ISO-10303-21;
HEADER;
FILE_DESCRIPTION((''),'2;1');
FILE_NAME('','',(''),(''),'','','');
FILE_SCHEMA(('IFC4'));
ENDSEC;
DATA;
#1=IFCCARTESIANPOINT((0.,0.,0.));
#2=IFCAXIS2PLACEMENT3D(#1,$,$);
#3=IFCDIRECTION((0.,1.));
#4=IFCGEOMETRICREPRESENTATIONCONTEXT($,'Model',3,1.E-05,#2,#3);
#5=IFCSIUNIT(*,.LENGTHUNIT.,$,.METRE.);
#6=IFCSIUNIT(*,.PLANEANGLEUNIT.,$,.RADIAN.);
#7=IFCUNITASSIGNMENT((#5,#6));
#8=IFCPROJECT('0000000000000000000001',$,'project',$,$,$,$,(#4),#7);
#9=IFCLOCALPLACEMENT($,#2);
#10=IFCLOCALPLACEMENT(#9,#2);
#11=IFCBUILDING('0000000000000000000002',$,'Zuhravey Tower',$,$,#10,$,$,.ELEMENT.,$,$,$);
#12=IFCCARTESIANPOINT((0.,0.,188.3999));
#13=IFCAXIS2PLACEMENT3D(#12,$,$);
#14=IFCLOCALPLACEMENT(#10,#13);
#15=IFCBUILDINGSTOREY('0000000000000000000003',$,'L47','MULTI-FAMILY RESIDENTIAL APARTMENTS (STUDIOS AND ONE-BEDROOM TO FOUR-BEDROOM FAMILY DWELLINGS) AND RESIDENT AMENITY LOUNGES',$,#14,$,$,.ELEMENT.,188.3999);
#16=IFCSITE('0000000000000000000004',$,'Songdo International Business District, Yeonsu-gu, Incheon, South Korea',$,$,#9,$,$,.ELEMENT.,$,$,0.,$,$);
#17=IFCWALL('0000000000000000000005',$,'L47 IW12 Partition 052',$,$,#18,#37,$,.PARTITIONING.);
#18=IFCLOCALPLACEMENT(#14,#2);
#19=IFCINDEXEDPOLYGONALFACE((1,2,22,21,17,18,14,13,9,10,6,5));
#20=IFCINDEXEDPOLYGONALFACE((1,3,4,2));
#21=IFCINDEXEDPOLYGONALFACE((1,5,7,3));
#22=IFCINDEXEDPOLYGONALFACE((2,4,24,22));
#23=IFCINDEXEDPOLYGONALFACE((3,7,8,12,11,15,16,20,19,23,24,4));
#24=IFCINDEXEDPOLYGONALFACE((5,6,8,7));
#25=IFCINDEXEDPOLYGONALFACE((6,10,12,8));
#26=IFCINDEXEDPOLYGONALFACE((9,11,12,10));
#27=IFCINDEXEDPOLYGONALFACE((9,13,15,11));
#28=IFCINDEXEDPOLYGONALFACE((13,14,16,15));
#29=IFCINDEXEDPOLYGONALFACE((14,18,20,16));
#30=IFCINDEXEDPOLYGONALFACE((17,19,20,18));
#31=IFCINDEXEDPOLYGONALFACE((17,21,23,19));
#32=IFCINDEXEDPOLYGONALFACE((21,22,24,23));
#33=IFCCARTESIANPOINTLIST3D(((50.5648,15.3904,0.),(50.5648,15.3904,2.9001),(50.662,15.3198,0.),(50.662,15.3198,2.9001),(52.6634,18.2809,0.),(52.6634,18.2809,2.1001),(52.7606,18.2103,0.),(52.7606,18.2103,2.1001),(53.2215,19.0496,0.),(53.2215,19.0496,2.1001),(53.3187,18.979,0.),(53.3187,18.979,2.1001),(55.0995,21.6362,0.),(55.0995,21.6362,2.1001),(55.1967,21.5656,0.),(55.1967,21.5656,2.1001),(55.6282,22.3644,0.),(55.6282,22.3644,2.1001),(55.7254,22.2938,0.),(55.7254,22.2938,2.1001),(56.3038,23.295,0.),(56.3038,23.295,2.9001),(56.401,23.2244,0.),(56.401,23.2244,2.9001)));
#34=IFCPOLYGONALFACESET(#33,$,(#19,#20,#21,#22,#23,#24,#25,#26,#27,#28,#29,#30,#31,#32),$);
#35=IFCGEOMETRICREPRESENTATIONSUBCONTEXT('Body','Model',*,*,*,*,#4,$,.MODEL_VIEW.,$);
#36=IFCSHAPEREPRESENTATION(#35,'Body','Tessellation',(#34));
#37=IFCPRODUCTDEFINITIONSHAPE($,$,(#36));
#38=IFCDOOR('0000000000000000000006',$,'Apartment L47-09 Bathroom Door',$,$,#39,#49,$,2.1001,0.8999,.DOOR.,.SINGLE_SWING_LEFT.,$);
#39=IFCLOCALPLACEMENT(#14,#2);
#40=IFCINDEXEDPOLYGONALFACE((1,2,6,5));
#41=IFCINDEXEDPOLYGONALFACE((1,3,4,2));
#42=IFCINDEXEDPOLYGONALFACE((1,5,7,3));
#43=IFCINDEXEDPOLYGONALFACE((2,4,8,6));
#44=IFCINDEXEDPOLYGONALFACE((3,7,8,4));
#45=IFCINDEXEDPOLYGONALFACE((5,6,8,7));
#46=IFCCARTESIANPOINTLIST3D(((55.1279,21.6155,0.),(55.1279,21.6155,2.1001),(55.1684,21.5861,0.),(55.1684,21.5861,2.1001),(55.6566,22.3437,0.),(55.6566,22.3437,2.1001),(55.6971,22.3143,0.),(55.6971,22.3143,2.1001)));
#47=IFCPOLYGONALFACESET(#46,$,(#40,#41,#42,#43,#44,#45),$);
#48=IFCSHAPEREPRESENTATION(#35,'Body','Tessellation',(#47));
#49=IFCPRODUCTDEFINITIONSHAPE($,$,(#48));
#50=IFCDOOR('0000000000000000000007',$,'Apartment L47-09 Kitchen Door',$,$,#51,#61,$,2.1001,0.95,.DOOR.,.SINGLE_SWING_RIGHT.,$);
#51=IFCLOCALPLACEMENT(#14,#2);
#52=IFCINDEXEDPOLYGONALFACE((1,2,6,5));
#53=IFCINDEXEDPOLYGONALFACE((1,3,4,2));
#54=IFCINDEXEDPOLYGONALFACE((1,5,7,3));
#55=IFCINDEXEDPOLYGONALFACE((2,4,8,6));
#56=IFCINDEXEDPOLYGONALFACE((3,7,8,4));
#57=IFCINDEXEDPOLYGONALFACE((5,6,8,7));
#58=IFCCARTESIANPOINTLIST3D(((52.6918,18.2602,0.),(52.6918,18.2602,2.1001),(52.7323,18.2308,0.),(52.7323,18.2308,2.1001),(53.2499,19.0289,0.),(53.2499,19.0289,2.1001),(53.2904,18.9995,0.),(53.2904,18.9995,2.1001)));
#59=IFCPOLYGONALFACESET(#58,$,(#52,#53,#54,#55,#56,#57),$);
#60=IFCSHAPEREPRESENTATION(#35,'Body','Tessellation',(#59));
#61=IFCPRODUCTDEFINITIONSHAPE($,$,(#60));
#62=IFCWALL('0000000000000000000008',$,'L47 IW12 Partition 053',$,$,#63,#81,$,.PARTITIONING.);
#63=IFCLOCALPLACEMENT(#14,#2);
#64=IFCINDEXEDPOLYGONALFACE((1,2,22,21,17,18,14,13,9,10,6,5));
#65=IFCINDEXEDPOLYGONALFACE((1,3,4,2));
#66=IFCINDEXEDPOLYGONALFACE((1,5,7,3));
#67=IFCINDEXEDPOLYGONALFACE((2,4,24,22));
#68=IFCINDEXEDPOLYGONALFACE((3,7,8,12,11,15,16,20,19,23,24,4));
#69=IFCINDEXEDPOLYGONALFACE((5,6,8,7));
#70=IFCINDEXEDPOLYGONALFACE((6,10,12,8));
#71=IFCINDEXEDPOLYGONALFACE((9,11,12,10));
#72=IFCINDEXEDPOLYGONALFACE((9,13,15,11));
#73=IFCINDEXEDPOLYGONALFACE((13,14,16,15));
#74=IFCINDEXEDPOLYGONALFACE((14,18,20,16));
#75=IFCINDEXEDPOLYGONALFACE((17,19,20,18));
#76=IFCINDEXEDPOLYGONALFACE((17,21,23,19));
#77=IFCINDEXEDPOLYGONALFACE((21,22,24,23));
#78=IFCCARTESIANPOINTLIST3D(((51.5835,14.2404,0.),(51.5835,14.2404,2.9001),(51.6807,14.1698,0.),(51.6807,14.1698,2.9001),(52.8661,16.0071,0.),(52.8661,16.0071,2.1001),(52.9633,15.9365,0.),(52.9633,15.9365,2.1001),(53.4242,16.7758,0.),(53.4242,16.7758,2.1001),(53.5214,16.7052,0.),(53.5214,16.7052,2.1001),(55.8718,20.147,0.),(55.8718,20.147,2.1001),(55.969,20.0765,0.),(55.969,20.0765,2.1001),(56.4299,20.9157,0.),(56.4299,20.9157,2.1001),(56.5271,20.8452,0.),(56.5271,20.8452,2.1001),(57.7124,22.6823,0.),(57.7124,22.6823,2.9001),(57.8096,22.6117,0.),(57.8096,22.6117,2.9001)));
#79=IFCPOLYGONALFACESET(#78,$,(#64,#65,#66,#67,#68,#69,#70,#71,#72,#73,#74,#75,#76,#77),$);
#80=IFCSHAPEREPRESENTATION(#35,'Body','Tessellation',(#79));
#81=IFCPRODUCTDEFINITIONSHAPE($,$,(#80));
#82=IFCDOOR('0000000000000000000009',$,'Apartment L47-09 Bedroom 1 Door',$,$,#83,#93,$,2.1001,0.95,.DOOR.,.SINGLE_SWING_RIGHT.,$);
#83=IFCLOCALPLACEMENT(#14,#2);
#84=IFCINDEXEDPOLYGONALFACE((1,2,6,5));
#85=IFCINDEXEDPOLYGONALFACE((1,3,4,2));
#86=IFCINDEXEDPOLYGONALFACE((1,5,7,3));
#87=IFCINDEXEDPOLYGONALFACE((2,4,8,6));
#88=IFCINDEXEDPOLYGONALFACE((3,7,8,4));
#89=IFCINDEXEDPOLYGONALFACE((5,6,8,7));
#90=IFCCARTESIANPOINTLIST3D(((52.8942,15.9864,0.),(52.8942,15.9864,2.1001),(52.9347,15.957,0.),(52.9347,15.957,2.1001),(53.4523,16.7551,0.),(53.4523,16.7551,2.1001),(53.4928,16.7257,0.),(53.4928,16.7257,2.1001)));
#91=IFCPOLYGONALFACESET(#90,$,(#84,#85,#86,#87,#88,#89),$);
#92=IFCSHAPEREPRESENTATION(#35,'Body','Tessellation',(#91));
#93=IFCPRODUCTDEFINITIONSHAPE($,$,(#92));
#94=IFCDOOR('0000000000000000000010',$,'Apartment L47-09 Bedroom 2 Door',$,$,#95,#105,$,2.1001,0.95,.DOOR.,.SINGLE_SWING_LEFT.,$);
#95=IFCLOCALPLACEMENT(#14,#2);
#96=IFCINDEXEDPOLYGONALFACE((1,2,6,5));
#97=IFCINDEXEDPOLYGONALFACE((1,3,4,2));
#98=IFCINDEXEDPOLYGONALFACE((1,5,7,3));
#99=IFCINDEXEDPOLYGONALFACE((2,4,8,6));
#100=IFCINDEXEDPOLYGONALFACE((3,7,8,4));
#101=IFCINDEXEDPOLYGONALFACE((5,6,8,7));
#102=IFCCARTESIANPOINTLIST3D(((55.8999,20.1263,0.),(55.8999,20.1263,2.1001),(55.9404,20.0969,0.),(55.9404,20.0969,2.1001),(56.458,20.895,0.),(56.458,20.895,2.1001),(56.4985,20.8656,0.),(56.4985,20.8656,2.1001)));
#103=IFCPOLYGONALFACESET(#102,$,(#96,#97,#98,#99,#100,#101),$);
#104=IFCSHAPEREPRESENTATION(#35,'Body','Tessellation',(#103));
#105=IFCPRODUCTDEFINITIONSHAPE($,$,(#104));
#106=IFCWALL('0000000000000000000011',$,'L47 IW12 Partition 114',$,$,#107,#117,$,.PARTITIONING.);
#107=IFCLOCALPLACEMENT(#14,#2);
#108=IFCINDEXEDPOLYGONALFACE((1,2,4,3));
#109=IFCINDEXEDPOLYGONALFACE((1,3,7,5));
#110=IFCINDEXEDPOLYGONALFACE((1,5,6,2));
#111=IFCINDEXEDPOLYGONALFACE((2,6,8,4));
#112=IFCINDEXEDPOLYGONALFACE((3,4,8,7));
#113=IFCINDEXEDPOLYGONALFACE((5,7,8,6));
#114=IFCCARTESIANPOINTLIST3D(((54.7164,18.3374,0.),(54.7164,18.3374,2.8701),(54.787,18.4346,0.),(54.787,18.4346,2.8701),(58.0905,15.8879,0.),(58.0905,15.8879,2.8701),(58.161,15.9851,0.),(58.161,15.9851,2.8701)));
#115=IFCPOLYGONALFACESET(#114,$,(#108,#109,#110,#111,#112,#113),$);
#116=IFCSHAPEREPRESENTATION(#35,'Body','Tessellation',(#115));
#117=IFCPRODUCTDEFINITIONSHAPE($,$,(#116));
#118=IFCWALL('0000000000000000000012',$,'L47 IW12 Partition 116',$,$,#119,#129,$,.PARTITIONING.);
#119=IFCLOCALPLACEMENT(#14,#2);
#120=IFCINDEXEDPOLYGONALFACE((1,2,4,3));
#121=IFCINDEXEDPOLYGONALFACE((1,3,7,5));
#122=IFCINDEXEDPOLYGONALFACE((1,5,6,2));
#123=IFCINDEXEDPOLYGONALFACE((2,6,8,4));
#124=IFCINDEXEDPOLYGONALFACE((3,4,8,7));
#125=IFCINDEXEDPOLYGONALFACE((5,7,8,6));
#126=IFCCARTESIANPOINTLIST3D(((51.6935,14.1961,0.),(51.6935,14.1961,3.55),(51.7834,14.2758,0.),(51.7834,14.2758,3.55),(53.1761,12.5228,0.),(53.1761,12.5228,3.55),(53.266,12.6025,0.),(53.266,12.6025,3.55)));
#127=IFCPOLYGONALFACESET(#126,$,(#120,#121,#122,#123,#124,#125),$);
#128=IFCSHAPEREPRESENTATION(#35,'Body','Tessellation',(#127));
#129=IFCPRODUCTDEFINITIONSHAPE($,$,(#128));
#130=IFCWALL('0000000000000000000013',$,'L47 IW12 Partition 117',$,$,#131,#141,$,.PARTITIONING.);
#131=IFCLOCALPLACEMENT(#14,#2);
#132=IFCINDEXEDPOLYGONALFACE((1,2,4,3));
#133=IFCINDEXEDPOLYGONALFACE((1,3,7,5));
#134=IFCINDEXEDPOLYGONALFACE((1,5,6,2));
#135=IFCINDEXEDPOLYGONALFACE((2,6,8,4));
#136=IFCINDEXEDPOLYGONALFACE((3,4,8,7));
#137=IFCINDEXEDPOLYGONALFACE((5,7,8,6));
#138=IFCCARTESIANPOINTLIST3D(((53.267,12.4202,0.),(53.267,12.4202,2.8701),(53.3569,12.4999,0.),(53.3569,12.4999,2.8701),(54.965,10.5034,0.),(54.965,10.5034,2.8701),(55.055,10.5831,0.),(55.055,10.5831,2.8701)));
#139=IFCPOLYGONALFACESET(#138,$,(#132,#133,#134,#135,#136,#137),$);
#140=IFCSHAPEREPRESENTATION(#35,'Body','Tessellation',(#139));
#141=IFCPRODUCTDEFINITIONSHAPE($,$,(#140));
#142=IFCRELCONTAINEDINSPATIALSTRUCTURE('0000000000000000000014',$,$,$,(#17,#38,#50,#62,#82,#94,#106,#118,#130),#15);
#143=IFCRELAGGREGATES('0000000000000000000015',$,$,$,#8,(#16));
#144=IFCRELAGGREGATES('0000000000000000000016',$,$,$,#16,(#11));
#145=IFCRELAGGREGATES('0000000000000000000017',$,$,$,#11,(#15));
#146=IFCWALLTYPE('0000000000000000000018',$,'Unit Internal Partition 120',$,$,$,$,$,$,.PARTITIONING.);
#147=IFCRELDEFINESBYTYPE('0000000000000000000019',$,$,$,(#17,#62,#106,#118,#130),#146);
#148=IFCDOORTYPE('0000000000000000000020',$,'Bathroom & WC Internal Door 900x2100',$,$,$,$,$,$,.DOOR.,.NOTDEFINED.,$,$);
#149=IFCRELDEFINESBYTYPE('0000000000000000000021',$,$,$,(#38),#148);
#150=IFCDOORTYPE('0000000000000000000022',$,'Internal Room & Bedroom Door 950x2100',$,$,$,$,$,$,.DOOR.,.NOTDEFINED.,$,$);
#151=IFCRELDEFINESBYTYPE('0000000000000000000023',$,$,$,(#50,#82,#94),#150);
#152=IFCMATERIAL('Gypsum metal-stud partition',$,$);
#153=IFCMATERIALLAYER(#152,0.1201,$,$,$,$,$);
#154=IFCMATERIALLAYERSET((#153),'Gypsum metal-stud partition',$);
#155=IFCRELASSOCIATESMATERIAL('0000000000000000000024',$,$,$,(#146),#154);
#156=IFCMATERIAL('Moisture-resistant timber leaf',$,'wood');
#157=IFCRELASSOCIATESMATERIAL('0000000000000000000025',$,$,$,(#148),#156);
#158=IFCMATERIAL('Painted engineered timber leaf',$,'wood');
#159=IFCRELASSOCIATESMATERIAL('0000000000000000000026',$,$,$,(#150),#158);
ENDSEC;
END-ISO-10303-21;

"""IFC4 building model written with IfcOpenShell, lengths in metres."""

from ifc_helpers import new_model, si_unit, direction, frame, frame_2d, origin, place, context, subcontext, project, spatial, rectangle, extrude, material, layer, layer_set, type_object, element, fill, save


model = new_model("IFC4")

# Units and contexts
model_context = context("Model", 3, precision=1e-05, world=origin(), true_north=direction((0.0, 1.0)))
body_context = subcontext(model_context, "Body", "Model", "MODEL_VIEW")
ifc_project = project(units=[si_unit("LENGTHUNIT", "METRE"), si_unit("PLANEANGLEUNIT", "RADIAN")], contexts=[model_context])

# Site, building, storey
site_placement = place(None, origin())
site = spatial("IfcSite", under=ifc_project, at=site_placement, Name="Songdo International Business District, Yeonsu-gu, Incheon, South Korea", CompositionType="ELEMENT", RefElevation=0.0)
building_placement = place(site_placement, origin())
building = spatial("IfcBuilding", under=site, at=building_placement, Name="Zuhravey Tower", CompositionType="ELEMENT")
storey_placement = place(building_placement, frame((0.0, 0.0, 188.3999)))
storey = spatial("IfcBuildingStorey", under=building, at=storey_placement, Name="L47", Description="MULTI-FAMILY RESIDENTIAL APARTMENTS (STUDIOS AND ONE-BEDROOM TO FOUR-BEDROOM FAMILY DWELLINGS) AND RESIDENT AMENITY LOUNGES", CompositionType="ELEMENT", Elevation=188.3999)

# Walls, openings, doors
ifc_material_1 = material(Name="Gypsum metal-stud partition")
ifc_layer_1 = layer(ifc_material_1, 0.1201)
ifc_layer_set_1 = layer_set([ifc_layer_1], Name="Gypsum metal-stud partition")
wall_type_1 = type_object("IfcWallType", Name="Unit Internal Partition 120", PredefinedType="PARTITIONING", material=ifc_layer_set_1)
wall_1_placement = place(storey_placement, frame((50.6133, 15.355, 0.0), z_axis=(0.0, 0.0, 1.0), x_axis=(0.587519, 0.80921, 0.0)))
wall_1 = element("IfcWall", 1, at=wall_1_placement, inside=storey, type_object=wall_type_1, Name="L47 IW12 Partition 052", PredefinedType="PARTITIONING", context=body_context, shape_type="SweptSolid", body=[
    extrude(rectangle(XDim=9.7683, YDim=0.1201, at=frame_2d((4.8843, 0.0))), origin(), (0.0, 0.0, 1.0), 2.9001),
])
opening_1_placement = place(wall_1_placement, frame((3.572, 0.0, 0.0)))
opening_1 = element("IfcOpeningElement", 2, at=opening_1_placement, cuts=wall_1, PredefinedType="OPENING", context=body_context, shape_type="SweptSolid", body=[
    extrude(rectangle(XDim=0.95, YDim=2.1001, at=frame_2d((0.4751, 1.05))), frame((0.0, 0.072, 0.0), z_axis=(0.0, -1.0, 0.0), x_axis=(1.0, 0.0, 0.0)), (0.0, 0.0, 1.0), 0.144),
])
opening_2_placement = place(wall_1_placement, frame((7.7185, 0.0, 0.0)))
opening_2 = element("IfcOpeningElement", 3, at=opening_2_placement, cuts=wall_1, PredefinedType="OPENING", context=body_context, shape_type="SweptSolid", body=[
    extrude(rectangle(XDim=0.8999, YDim=2.1001, at=frame_2d((0.45, 1.05))), frame((0.0, 0.072, 0.0), z_axis=(0.0, -1.0, 0.0), x_axis=(1.0, 0.0, 0.0)), (0.0, 0.0, 1.0), 0.144),
])
ifc_material_2 = material(Name="Moisture-resistant timber leaf", Category="wood")
door_type_1 = type_object("IfcDoorType", Name="Bathroom & WC Internal Door 900x2100", OperationType="NOTDEFINED", PredefinedType="DOOR", material=ifc_material_2)
door_1_placement = place(opening_2_placement, origin())
door_1 = element("IfcDoor", 4, at=door_1_placement, inside=storey, type_object=door_type_1, Name="Apartment L47-09 Bathroom Door", OperationType="SINGLE_SWING_LEFT", OverallHeight=2.1001, OverallWidth=0.8999, PredefinedType="DOOR", context=body_context, shape_type="SweptSolid", body=[
    extrude(rectangle(XDim=0.8999, YDim=2.1001, at=frame_2d((0.45, 1.05))), frame((0.0, 0.0249, 0.0), z_axis=(0.0, -1.0, 0.0), x_axis=(1.0, 0.0, 0.0)), (0.0, 0.0, 1.0), 0.05),
])
fill(opening_2, door_1)
ifc_material_3 = material(Name="Painted engineered timber leaf", Category="wood")
door_type_2 = type_object("IfcDoorType", Name="Internal Room & Bedroom Door 950x2100", OperationType="NOTDEFINED", PredefinedType="DOOR", material=ifc_material_3)
door_2_placement = place(opening_1_placement, origin())
door_2 = element("IfcDoor", 5, at=door_2_placement, inside=storey, type_object=door_type_2, Name="Apartment L47-09 Kitchen Door", OperationType="SINGLE_SWING_RIGHT", OverallHeight=2.1001, OverallWidth=0.95, PredefinedType="DOOR", context=body_context, shape_type="SweptSolid", body=[
    extrude(rectangle(XDim=0.95, YDim=2.1001, at=frame_2d((0.4751, 1.05))), frame((0.0, 0.0249, 0.0), z_axis=(0.0, -1.0, 0.0), x_axis=(1.0, 0.0, 0.0)), (0.0, 0.0, 1.0), 0.05),
])
fill(opening_1, door_2)
wall_2_placement = place(storey_placement, frame((51.6321, 14.2051, 0.0), z_axis=(0.0, 0.0, 1.0), x_axis=(0.587504, 0.809222, 0.0)))
wall_2 = element("IfcWall", 6, at=wall_2_placement, inside=storey, type_object=wall_type_1, Name="L47 IW12 Partition 053", PredefinedType="PARTITIONING", context=body_context, shape_type="SweptSolid", body=[
    extrude(rectangle(XDim=10.4321, YDim=0.1201, at=frame_2d((5.2161, 0.0))), origin(), (0.0, 0.0, 1.0), 2.9001),
])
opening_3_placement = place(wall_2_placement, frame((2.1831, 0.0, 0.0)))
opening_3 = element("IfcOpeningElement", 7, at=opening_3_placement, cuts=wall_2, PredefinedType="OPENING", context=body_context, shape_type="SweptSolid", body=[
    extrude(rectangle(XDim=0.95, YDim=2.1001, at=frame_2d((0.4751, 1.05))), frame((0.0, 0.072, 0.0), z_axis=(0.0, -1.0, 0.0), x_axis=(1.0, 0.0, 0.0)), (0.0, 0.0, 1.0), 0.144),
])
opening_4_placement = place(wall_2_placement, frame((7.2991, 0.0, 0.0)))
opening_4 = element("IfcOpeningElement", 8, at=opening_4_placement, cuts=wall_2, PredefinedType="OPENING", context=body_context, shape_type="SweptSolid", body=[
    extrude(rectangle(XDim=0.95, YDim=2.1001, at=frame_2d((0.4751, 1.05))), frame((0.0, 0.072, 0.0), z_axis=(0.0, -1.0, 0.0), x_axis=(1.0, 0.0, 0.0)), (0.0, 0.0, 1.0), 0.144),
])
door_3_placement = place(opening_3_placement, frame((0.95, 0.0, 0.0), z_axis=(0.0, 0.0, 1.0), x_axis=(-1.0, 0.0, 0.0)))
door_3 = element("IfcDoor", 9, at=door_3_placement, inside=storey, type_object=door_type_2, Name="Apartment L47-09 Bedroom 1 Door", OperationType="SINGLE_SWING_RIGHT", OverallHeight=2.1001, OverallWidth=0.95, PredefinedType="DOOR", context=body_context, shape_type="SweptSolid", body=[
    extrude(rectangle(XDim=0.95, YDim=2.1001, at=frame_2d((0.4751, 1.05))), frame((0.0, 0.0249, 0.0), z_axis=(0.0, -1.0, 0.0), x_axis=(1.0, 0.0, 0.0)), (0.0, 0.0, 1.0), 0.05),
])
fill(opening_3, door_3)
door_4_placement = place(opening_4_placement, frame((0.95, 0.0, 0.0), z_axis=(0.0, 0.0, 1.0), x_axis=(-1.0, 0.0, 0.0)))
door_4 = element("IfcDoor", 10, at=door_4_placement, inside=storey, type_object=door_type_2, Name="Apartment L47-09 Bedroom 2 Door", OperationType="SINGLE_SWING_LEFT", OverallHeight=2.1001, OverallWidth=0.95, PredefinedType="DOOR", context=body_context, shape_type="SweptSolid", body=[
    extrude(rectangle(XDim=0.95, YDim=2.1001, at=frame_2d((0.4751, 1.05))), frame((0.0, 0.0249, 0.0), z_axis=(0.0, -1.0, 0.0), x_axis=(1.0, 0.0, 0.0)), (0.0, 0.0, 1.0), 0.05),
])
fill(opening_4, door_4)

# Walls
wall_3_placement = place(storey_placement, frame((54.7517, 18.386, 0.0), z_axis=(0.0, 0.0, 1.0), x_axis=(0.809235, -0.587486, 0.0)))
element("IfcWall", 11, at=wall_3_placement, inside=storey, type_object=wall_type_1, Name="L47 IW12 Partition 114", PredefinedType="PARTITIONING", context=body_context, shape_type="SweptSolid", body=[
    extrude(rectangle(XDim=4.1694, YDim=0.1201, at=frame_2d((2.0847, 0.0))), origin(), (0.0, 0.0, 1.0), 2.8701),
])
wall_4_placement = place(storey_placement, frame((51.7385, 14.2358, 0.0), z_axis=(0.0, 0.0, 1.0), x_axis=(0.663177, -0.748463, 0.0)))
element("IfcWall", 12, at=wall_4_placement, inside=storey, type_object=wall_type_1, Name="L47 IW12 Partition 116", PredefinedType="PARTITIONING", context=body_context, shape_type="SweptSolid", body=[
    extrude(rectangle(XDim=2.2356, YDim=0.1201, at=frame_2d((1.1177, 0.0))), origin(), (0.0, 0.0, 1.0), 3.55),
])
wall_5_placement = place(storey_placement, frame((53.312, 12.46, 0.0), z_axis=(0.0, 0.0, 1.0), x_axis=(0.663102, -0.748529, 0.0)))
element("IfcWall", 13, at=wall_5_placement, inside=storey, type_object=wall_type_1, Name="L47 IW12 Partition 117", PredefinedType="PARTITIONING", context=body_context, shape_type="SweptSolid", body=[
    extrude(rectangle(XDim=2.5608, YDim=0.1201, at=frame_2d((1.2803, 0.0))), origin(), (0.0, 0.0, 1.0), 2.8701),
])

save(model, "model.ifc")
